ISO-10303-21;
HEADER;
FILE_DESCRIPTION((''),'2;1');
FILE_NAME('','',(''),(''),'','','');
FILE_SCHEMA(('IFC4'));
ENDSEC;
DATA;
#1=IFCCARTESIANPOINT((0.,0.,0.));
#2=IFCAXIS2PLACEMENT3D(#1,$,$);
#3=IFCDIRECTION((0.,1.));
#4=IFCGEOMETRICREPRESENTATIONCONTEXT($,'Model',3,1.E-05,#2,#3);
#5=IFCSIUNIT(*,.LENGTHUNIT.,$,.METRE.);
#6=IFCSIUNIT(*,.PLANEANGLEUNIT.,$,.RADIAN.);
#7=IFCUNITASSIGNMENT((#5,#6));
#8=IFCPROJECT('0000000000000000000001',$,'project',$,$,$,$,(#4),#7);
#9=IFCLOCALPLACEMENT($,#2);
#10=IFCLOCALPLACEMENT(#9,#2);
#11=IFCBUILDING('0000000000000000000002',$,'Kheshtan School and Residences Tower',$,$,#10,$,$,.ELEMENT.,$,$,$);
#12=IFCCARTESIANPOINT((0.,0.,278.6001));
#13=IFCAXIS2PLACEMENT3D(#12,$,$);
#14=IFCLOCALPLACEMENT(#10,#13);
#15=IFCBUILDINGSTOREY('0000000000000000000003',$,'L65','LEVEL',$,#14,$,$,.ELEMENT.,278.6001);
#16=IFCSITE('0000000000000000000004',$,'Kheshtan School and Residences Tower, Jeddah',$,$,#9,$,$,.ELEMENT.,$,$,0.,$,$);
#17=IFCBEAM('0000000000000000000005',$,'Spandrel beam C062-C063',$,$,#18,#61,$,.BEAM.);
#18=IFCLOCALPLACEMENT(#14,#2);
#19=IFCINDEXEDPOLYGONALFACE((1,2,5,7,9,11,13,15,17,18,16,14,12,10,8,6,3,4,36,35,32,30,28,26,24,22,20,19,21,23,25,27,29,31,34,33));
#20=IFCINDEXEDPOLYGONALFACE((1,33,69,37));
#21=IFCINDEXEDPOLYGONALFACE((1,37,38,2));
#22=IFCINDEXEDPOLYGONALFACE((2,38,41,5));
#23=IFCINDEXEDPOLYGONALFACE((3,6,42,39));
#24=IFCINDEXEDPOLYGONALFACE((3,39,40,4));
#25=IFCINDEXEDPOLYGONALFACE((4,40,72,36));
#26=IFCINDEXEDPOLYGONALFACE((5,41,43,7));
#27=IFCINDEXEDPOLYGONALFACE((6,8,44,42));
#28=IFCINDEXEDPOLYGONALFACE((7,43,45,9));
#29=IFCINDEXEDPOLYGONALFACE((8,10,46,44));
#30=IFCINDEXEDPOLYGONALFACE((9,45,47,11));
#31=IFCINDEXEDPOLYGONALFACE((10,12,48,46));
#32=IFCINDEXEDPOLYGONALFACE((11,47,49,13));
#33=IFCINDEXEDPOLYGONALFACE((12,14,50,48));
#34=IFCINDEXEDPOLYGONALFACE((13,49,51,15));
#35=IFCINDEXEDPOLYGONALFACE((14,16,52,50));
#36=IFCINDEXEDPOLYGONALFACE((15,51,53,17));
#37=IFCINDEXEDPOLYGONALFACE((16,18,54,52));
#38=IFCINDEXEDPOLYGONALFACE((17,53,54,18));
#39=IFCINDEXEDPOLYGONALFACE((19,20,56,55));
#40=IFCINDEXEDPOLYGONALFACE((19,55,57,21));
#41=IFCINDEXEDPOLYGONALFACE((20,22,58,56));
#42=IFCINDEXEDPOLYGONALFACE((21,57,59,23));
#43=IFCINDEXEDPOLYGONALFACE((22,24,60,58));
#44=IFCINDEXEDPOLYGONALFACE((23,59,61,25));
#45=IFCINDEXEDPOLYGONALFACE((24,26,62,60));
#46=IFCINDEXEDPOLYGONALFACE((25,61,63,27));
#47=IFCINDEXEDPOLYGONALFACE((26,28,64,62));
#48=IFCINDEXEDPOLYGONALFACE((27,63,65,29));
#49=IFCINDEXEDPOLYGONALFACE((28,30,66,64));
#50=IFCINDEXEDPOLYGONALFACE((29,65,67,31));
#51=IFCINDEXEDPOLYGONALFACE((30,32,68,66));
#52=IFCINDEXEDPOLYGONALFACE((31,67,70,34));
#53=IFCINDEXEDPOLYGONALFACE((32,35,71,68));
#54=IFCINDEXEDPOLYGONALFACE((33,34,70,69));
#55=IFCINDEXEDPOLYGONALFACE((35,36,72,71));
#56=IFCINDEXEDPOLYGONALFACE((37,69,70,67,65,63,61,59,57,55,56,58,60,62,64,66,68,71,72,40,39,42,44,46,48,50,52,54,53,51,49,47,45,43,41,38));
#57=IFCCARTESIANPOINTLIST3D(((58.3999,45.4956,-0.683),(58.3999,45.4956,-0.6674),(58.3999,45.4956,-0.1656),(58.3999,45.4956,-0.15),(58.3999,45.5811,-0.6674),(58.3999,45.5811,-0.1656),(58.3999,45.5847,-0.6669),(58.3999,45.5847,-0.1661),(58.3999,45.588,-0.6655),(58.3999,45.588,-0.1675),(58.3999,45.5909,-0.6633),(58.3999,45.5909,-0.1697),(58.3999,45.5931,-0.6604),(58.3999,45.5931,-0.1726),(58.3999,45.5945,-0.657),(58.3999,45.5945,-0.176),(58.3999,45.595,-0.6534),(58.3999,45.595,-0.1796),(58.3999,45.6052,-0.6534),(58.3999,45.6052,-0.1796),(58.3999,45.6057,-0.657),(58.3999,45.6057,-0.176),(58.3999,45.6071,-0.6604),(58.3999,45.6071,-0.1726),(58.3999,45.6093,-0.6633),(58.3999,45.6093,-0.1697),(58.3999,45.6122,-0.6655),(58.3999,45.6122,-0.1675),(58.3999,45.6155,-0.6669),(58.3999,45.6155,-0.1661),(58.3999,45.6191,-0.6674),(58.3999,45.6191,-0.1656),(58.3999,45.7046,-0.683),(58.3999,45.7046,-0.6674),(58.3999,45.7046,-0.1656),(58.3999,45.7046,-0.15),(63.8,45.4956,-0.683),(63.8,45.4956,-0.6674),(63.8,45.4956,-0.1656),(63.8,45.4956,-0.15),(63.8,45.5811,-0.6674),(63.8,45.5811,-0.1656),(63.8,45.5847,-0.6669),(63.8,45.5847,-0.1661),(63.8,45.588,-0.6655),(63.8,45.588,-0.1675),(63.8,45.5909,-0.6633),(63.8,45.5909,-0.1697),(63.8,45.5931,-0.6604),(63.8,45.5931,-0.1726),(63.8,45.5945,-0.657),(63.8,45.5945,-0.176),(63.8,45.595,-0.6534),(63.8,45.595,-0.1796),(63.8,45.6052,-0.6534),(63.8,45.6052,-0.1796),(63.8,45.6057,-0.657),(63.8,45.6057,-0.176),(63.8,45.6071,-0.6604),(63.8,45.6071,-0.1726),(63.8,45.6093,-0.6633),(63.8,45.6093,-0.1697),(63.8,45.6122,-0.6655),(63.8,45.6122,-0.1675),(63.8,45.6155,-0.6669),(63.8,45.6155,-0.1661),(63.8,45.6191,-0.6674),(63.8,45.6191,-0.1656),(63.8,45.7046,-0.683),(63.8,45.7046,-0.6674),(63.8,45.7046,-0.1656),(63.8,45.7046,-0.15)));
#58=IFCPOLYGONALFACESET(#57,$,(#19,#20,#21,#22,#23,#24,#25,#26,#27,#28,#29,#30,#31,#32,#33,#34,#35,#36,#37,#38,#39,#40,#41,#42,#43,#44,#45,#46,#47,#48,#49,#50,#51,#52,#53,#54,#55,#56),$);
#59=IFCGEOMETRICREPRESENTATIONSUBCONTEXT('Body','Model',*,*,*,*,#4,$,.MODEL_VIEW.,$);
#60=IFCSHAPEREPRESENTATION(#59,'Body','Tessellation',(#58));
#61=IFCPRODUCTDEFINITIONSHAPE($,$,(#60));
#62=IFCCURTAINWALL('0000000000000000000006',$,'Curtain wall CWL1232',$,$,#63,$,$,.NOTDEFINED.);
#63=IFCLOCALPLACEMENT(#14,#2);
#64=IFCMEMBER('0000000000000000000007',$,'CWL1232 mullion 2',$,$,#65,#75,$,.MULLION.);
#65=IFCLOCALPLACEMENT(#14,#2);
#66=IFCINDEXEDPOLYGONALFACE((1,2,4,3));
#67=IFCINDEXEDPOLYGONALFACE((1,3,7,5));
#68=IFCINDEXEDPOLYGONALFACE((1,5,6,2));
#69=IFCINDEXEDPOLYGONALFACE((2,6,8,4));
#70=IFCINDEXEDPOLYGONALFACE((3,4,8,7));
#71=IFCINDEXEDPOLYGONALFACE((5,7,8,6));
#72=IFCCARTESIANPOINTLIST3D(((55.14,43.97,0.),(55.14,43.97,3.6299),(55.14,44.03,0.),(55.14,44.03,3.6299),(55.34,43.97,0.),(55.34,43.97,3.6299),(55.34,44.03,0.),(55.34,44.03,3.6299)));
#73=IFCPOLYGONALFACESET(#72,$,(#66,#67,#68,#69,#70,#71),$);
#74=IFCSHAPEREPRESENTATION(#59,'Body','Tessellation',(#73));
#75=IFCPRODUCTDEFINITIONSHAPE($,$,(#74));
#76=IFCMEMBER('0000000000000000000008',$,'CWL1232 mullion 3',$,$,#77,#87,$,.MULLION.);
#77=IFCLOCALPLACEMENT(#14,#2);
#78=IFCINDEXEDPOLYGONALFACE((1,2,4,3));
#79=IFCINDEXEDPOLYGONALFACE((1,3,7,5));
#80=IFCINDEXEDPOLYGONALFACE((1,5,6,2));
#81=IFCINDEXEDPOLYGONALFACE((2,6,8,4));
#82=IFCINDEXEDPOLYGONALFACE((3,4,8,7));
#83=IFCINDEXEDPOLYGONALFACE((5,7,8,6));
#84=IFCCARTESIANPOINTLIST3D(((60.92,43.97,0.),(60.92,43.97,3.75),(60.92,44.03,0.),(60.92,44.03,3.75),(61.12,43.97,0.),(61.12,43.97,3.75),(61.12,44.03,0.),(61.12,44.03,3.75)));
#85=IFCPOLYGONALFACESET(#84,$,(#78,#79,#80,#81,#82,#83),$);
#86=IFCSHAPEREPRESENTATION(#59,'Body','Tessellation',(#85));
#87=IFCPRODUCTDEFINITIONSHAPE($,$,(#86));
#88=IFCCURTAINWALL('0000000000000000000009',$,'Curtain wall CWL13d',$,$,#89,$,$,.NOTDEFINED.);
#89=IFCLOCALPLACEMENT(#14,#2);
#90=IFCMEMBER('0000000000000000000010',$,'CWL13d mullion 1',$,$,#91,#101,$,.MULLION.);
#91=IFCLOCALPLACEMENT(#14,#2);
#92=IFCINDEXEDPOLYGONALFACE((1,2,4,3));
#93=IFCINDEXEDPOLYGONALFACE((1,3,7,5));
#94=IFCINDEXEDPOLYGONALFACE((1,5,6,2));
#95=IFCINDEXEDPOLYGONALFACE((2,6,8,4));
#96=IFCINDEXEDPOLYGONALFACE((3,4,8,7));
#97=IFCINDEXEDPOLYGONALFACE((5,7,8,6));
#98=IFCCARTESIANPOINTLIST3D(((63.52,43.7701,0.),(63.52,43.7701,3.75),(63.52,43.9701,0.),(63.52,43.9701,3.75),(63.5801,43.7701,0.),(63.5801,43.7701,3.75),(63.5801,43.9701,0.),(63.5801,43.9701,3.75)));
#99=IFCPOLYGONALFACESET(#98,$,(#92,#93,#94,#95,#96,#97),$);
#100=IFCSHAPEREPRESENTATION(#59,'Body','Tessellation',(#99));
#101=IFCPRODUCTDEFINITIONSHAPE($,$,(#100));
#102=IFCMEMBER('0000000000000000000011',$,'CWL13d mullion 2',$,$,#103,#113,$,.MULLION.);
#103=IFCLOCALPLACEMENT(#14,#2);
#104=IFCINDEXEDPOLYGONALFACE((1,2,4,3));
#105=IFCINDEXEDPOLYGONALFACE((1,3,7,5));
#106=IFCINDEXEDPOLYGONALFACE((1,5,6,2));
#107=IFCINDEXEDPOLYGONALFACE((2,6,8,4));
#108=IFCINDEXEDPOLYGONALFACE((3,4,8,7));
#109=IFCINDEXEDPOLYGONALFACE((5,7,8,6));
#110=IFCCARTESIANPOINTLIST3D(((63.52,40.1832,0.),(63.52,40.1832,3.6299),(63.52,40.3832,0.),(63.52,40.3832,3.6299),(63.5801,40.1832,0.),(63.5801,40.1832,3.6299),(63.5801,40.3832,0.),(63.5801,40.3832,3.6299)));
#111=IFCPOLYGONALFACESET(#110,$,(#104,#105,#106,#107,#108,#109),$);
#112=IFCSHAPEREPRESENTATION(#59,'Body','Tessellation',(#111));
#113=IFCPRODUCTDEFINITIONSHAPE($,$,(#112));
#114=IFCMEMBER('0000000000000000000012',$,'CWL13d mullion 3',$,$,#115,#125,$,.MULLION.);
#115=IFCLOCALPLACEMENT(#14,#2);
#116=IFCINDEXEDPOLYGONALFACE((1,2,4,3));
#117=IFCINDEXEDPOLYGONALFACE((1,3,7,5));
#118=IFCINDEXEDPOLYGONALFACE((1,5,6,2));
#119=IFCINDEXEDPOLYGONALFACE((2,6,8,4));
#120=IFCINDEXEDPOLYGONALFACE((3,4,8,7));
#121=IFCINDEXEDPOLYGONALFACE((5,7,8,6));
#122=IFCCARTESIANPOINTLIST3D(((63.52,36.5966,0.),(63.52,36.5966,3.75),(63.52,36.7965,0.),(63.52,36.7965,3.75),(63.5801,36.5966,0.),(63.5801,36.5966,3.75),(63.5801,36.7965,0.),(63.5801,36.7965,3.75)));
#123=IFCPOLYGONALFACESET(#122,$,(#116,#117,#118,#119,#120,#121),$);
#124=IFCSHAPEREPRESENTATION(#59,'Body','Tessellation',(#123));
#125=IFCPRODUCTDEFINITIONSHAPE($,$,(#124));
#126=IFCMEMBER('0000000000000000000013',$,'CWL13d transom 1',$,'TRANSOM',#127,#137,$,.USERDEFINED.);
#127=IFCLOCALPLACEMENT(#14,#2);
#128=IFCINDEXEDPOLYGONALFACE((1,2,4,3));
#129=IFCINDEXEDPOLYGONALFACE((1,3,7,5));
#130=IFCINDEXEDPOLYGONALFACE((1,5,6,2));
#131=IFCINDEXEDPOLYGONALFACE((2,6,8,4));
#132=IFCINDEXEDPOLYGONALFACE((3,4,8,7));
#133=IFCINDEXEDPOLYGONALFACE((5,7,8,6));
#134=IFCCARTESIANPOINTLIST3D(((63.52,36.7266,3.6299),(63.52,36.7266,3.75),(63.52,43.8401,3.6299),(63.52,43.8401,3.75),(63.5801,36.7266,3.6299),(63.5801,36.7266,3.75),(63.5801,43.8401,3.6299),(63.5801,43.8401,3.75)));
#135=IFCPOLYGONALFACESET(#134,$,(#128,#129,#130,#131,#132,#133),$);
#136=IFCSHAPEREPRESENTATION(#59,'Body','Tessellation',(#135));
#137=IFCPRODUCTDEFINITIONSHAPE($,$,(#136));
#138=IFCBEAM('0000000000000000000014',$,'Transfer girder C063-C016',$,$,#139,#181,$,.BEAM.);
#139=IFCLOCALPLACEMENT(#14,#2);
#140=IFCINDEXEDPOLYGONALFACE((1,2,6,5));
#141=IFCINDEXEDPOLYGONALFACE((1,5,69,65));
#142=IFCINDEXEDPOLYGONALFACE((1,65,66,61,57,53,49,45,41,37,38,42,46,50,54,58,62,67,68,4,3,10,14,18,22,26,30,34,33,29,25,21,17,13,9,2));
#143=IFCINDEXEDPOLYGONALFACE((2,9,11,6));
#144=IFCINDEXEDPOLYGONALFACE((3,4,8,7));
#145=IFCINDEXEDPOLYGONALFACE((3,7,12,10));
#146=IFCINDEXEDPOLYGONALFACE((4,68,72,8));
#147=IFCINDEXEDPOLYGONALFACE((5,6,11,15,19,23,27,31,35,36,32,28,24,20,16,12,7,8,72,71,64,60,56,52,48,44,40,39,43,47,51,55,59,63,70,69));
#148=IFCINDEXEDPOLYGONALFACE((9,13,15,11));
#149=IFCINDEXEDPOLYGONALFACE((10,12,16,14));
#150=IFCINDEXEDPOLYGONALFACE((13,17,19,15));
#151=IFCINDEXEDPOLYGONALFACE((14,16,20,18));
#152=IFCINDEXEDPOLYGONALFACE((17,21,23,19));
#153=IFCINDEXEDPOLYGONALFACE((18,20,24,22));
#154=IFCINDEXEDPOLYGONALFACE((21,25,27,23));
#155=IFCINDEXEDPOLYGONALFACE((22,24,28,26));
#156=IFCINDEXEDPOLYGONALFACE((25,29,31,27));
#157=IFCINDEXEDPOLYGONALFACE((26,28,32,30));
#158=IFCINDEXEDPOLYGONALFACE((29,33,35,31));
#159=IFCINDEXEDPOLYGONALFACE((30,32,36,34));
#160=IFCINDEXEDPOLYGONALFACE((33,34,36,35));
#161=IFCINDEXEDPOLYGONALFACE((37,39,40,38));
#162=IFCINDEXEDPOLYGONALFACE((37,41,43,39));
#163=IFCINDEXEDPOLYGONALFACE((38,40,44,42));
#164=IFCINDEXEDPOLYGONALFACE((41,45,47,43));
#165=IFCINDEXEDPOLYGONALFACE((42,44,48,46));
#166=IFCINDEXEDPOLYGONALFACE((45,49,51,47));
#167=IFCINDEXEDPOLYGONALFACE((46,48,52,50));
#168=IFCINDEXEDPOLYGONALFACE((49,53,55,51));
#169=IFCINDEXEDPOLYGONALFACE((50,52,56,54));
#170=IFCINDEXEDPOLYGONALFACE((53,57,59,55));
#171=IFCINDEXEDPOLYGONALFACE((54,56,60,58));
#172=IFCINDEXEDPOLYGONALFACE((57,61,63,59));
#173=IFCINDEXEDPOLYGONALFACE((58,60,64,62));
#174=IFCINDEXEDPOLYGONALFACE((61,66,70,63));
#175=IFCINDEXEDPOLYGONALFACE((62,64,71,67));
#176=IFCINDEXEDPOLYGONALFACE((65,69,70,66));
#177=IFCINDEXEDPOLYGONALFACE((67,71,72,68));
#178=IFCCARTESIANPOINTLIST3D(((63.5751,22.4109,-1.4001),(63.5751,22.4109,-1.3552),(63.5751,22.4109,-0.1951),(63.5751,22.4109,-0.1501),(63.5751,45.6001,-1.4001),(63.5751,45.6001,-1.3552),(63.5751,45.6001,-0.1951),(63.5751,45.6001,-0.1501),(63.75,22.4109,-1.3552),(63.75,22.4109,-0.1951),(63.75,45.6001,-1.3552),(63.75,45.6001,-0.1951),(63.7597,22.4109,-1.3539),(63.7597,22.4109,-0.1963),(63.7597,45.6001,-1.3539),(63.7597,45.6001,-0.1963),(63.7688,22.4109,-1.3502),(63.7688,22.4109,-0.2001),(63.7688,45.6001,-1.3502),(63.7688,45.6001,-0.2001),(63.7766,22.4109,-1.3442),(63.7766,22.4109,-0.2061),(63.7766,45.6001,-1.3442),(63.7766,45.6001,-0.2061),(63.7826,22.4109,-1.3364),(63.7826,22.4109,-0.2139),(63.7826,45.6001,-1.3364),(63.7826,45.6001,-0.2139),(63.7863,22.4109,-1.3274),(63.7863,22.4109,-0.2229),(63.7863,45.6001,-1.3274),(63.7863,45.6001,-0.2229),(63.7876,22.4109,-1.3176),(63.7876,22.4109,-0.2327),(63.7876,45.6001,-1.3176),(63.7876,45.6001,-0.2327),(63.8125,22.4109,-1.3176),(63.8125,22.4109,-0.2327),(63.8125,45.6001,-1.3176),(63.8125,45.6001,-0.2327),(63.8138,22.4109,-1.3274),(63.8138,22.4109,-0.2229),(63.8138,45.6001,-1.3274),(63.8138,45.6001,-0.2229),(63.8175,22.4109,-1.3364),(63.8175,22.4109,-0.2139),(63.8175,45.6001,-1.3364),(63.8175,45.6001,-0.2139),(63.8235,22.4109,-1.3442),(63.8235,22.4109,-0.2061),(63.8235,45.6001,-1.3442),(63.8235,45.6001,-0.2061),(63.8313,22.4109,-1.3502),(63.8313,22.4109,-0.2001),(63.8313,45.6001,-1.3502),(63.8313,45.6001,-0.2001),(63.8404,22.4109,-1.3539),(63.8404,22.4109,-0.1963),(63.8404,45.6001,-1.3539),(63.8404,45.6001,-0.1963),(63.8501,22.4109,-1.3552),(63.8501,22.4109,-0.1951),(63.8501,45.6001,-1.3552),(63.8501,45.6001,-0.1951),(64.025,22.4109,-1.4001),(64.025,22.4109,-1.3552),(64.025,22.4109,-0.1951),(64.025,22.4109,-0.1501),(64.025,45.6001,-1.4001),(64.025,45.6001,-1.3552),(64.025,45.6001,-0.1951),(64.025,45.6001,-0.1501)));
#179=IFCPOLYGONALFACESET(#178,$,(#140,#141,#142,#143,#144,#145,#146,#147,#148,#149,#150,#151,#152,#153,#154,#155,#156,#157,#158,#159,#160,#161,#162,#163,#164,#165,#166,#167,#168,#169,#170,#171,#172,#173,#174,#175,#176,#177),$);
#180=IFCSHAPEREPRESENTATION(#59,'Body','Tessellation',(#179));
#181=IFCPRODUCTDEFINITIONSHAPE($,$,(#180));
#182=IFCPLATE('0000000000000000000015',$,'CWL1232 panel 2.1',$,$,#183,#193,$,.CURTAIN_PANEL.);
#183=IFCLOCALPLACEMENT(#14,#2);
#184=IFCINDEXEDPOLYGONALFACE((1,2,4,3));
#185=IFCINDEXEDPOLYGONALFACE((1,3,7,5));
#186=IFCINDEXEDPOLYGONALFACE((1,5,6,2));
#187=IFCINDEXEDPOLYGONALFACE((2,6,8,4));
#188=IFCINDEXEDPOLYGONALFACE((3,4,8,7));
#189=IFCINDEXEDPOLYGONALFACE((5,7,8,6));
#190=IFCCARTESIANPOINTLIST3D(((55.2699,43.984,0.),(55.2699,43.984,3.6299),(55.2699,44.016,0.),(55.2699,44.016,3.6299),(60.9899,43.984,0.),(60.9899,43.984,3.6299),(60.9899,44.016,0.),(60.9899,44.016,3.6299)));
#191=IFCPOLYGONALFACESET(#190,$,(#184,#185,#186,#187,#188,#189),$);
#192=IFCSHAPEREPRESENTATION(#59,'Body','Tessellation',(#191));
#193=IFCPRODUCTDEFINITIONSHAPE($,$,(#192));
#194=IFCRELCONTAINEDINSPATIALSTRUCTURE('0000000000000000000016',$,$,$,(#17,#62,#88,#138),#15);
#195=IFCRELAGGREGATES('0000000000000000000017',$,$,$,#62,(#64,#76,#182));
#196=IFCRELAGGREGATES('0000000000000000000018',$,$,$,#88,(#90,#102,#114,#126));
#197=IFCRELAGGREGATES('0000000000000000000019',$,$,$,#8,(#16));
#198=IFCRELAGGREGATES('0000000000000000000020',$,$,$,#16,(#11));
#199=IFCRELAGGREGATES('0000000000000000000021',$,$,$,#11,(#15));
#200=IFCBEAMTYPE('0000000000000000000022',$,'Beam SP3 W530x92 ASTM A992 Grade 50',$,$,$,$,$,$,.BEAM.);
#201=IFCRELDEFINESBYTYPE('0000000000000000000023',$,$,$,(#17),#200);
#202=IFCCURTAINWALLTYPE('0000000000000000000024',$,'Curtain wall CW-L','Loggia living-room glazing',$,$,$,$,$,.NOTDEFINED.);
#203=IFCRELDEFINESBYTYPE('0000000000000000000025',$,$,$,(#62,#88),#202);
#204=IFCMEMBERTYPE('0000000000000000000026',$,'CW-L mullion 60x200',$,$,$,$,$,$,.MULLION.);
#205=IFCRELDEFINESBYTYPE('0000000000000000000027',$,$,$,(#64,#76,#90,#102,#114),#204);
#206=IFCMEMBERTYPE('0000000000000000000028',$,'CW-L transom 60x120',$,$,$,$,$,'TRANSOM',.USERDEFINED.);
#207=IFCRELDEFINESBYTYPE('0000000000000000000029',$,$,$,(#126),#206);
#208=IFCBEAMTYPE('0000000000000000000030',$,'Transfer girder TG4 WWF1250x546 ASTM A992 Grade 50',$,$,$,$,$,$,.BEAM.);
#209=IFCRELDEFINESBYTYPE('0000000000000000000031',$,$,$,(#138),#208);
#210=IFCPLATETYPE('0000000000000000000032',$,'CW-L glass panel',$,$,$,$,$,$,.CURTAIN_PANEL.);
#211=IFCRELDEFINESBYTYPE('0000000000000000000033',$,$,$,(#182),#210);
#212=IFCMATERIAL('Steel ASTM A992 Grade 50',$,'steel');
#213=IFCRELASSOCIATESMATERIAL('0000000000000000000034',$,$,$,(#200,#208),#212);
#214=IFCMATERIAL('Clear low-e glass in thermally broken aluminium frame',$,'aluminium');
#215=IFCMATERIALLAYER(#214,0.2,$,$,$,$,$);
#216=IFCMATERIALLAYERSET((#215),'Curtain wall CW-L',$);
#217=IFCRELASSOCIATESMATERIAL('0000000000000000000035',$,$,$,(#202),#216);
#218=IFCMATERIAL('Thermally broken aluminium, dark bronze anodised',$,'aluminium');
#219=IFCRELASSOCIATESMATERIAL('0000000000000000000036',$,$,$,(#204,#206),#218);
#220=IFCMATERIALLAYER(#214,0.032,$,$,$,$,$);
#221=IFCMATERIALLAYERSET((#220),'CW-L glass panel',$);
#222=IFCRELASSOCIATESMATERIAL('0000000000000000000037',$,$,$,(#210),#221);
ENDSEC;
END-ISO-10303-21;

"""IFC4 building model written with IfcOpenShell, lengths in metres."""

from ifc_helpers import new_model, si_unit, direction, frame, origin, origin_2d, place, context, subcontext, project, spatial, rectangle, i_section, extrude, material, layer, layer_set, material_profile, profile_set, type_object, element, aggregate, save


model = new_model("IFC4")

# Units and contexts
model_context = context("Model", 3, precision=1e-05, world=origin(), true_north=direction((0.0, 1.0)))
body_context = subcontext(model_context, "Body", "Model", "MODEL_VIEW")
ifc_project = project(units=[si_unit("LENGTHUNIT", "METRE"), si_unit("PLANEANGLEUNIT", "RADIAN")], contexts=[model_context])

# Site, building, storey
site_placement = place(None, origin())
site = spatial("IfcSite", under=ifc_project, at=site_placement, Name="Kheshtan School and Residences Tower, Jeddah", CompositionType="ELEMENT", RefElevation=0.0)
building_placement = place(site_placement, origin())
building = spatial("IfcBuilding", under=site, at=building_placement, Name="Kheshtan School and Residences Tower", CompositionType="ELEMENT")
storey_placement = place(building_placement, frame((0.0, 0.0, 278.6001)))
storey = spatial("IfcBuildingStorey", under=building, at=storey_placement, Name="L65", Description="LEVEL", CompositionType="ELEMENT", Elevation=278.6001)

# Shared definitions
ifc_material_1 = material(Name="Steel ASTM A992 Grade 50", Category="steel")

# Beam
ifc_material_profile_1 = material_profile(ifc_material_1, i_section(OverallWidth=0.209, OverallDepth=0.533, WebThickness=0.0103, FlangeThickness=0.0156, FilletRadius=0.0139, at=origin_2d()), Name="W530x92")
ifc_profile_set_1 = profile_set([ifc_material_profile_1], Name="Steel ASTM A992 Grade 50")
beam_type_1 = type_object("IfcBeamType", Name="Beam SP3 W530x92 ASTM A992 Grade 50", PredefinedType="BEAM", material=ifc_profile_set_1)
beam_1_placement = place(storey_placement, frame((58.3999, 45.6001, -0.4165), z_axis=(1.0, 0.0, 0.0), x_axis=(0.0, 1.0, 0.0)))
element("IfcBeam", 1, at=beam_1_placement, inside=storey, type_object=beam_type_1, Name="Spandrel beam C062-C063", PredefinedType="BEAM", context=body_context, shape_type="SweptSolid", body=[
    extrude(i_section(OverallWidth=0.209, OverallDepth=0.533, WebThickness=0.0103, FlangeThickness=0.0156, FilletRadius=0.0139, at=origin_2d()), origin(), (0.0, 0.0, 1.0), 5.4001),
])

# Curtain walls, members
ifc_material_2 = material(Name="Clear low-e glass in thermally broken aluminium frame", Category="aluminium")
ifc_layer_1 = layer(ifc_material_2, 0.2)
ifc_layer_set_1 = layer_set([ifc_layer_1], Name="Curtain wall CW-L")
curtain_wall_type = type_object("IfcCurtainWallType", Name="Curtain wall CW-L", Description="Loggia living-room glazing", PredefinedType="NOTDEFINED", material=ifc_layer_set_1)
curtain_wall_1_placement = place(storey_placement, origin())
curtain_wall_1 = element("IfcCurtainWall", 2, at=curtain_wall_1_placement, inside=storey, type_object=curtain_wall_type, Name="Curtain wall CWL1232", PredefinedType="NOTDEFINED")
ifc_material_3 = material(Name="Thermally broken aluminium, dark bronze anodised", Category="aluminium")
ifc_material_profile_2 = material_profile(ifc_material_3, rectangle(XDim=0.0601, YDim=0.2, at=origin_2d()), Name="CW-L mullion 60x200")
ifc_profile_set_2 = profile_set([ifc_material_profile_2], Name="Thermally broken aluminium, dark bronze anodised")
member_type_1 = type_object("IfcMemberType", Name="CW-L mullion 60x200", PredefinedType="MULLION", material=ifc_profile_set_2)
member_1_placement = place(storey_placement, frame((55.24, 44.0, 0.0), z_axis=(0.0, 0.0, 1.0), x_axis=(0.0, 1.0, 0.0)))
member_1 = element("IfcMember", 3, at=member_1_placement, type_object=member_type_1, Name="CWL1232 mullion 2", PredefinedType="MULLION", context=body_context, shape_type="SweptSolid", body=[
    extrude(rectangle(XDim=0.0601, YDim=0.2, at=origin_2d()), origin(), (0.0, 0.0, 1.0), 3.6299),
])
member_2_placement = place(storey_placement, frame((61.02, 44.0, 0.0), z_axis=(0.0, 0.0, 1.0), x_axis=(0.0, 1.0, 0.0)))
member_2 = element("IfcMember", 4, at=member_2_placement, type_object=member_type_1, Name="CWL1232 mullion 3", PredefinedType="MULLION", context=body_context, shape_type="SweptSolid", body=[
    extrude(rectangle(XDim=0.0601, YDim=0.2, at=origin_2d()), origin(), (0.0, 0.0, 1.0), 3.75),
])
curtain_wall_2_placement = place(storey_placement, origin())
curtain_wall_2 = element("IfcCurtainWall", 5, at=curtain_wall_2_placement, inside=storey, type_object=curtain_wall_type, Name="Curtain wall CWL13d", PredefinedType="NOTDEFINED")
member_3_placement = place(storey_placement, frame((63.55, 43.8701, 0.0), z_axis=(0.0, 0.0, 1.0), x_axis=(1.0, 0.0, 0.0)))
member_3 = element("IfcMember", 6, at=member_3_placement, type_object=member_type_1, Name="CWL13d mullion 1", PredefinedType="MULLION", context=body_context, shape_type="SweptSolid", body=[
    extrude(rectangle(XDim=0.0601, YDim=0.2, at=origin_2d()), origin(), (0.0, 0.0, 1.0), 3.75),
])
member_4_placement = place(storey_placement, frame((63.55, 40.2832, 0.0), z_axis=(0.0, 0.0, 1.0), x_axis=(1.0, 0.0, 0.0)))
member_4 = element("IfcMember", 7, at=member_4_placement, type_object=member_type_1, Name="CWL13d mullion 2", PredefinedType="MULLION", context=body_context, shape_type="SweptSolid", body=[
    extrude(rectangle(XDim=0.0601, YDim=0.2, at=origin_2d()), origin(), (0.0, 0.0, 1.0), 3.6299),
])
member_5_placement = place(storey_placement, frame((63.55, 36.6965, 0.0), z_axis=(0.0, 0.0, 1.0), x_axis=(1.0, 0.0, 0.0)))
member_5 = element("IfcMember", 8, at=member_5_placement, type_object=member_type_1, Name="CWL13d mullion 3", PredefinedType="MULLION", context=body_context, shape_type="SweptSolid", body=[
    extrude(rectangle(XDim=0.0601, YDim=0.2, at=origin_2d()), origin(), (0.0, 0.0, 1.0), 3.75),
])
ifc_material_profile_3 = material_profile(ifc_material_3, rectangle(XDim=0.0601, YDim=0.1201, at=origin_2d()), Name="CW-L transom 60x120")
ifc_profile_set_3 = profile_set([ifc_material_profile_3], Name="Thermally broken aluminium, dark bronze anodised")
member_type_2 = type_object("IfcMemberType", Name="CW-L transom 60x120", ElementType="TRANSOM", PredefinedType="USERDEFINED", material=ifc_profile_set_3)
member_6_placement = place(storey_placement, frame((63.55, 43.8401, 3.6899), z_axis=(0.0, -1.0, 0.0), x_axis=(1.0, 0.0, 0.0)))
member_6 = element("IfcMember", 9, at=member_6_placement, type_object=member_type_2, Name="CWL13d transom 1", ObjectType="TRANSOM", PredefinedType="USERDEFINED", context=body_context, shape_type="SweptSolid", body=[
    extrude(rectangle(XDim=0.0601, YDim=0.1201, at=origin_2d()), origin(), (0.0, 0.0, 1.0), 7.1135),
])

# Beam
ifc_material_profile_4 = material_profile(ifc_material_1, i_section(OverallWidth=0.45, OverallDepth=1.25, WebThickness=0.0249, FlangeThickness=0.0449, FilletRadius=0.0376, at=origin_2d()), Name="WWF1250x546")
ifc_profile_set_4 = profile_set([ifc_material_profile_4], Name="Steel ASTM A992 Grade 50")
beam_type_2 = type_object("IfcBeamType", Name="Transfer girder TG4 WWF1250x546 ASTM A992 Grade 50", PredefinedType="BEAM", material=ifc_profile_set_4)
beam_2_placement = place(storey_placement, frame((63.8, 45.6001, -0.7751), z_axis=(0.0, -1.0, 0.0), x_axis=(1.0, 0.0, 0.0)))
element("IfcBeam", 10, at=beam_2_placement, inside=storey, type_object=beam_type_2, Name="Transfer girder C063-C016", PredefinedType="BEAM", context=body_context, shape_type="SweptSolid", body=[
    extrude(i_section(OverallWidth=0.45, OverallDepth=1.25, WebThickness=0.0249, FlangeThickness=0.0449, FilletRadius=0.0376, at=origin_2d()), origin(), (0.0, 0.0, 1.0), 23.1892),
])

# Plate
ifc_layer_2 = layer(ifc_material_2, 0.032)
ifc_layer_set_2 = layer_set([ifc_layer_2], Name="CW-L glass panel")
plate_type = type_object("IfcPlateType", Name="CW-L glass panel", PredefinedType="CURTAIN_PANEL", material=ifc_layer_set_2)
plate_1_placement = place(storey_placement, frame((58.1299, 44.0, 0.0), z_axis=(0.0, 0.0, 1.0), x_axis=(1.0, 0.0, 0.0)))
plate_1 = element("IfcPlate", 11, at=plate_1_placement, type_object=plate_type, Name="CWL1232 panel 2.1", PredefinedType="CURTAIN_PANEL", context=body_context, shape_type="SweptSolid", body=[
    extrude(rectangle(XDim=5.72, YDim=0.032, at=origin_2d()), origin(), (0.0, 0.0, 1.0), 3.6299),
])
aggregate(curtain_wall_1, [member_1, member_2, plate_1])
aggregate(curtain_wall_2, [member_3, member_4, member_5, member_6])

save(model, "model.ifc")
